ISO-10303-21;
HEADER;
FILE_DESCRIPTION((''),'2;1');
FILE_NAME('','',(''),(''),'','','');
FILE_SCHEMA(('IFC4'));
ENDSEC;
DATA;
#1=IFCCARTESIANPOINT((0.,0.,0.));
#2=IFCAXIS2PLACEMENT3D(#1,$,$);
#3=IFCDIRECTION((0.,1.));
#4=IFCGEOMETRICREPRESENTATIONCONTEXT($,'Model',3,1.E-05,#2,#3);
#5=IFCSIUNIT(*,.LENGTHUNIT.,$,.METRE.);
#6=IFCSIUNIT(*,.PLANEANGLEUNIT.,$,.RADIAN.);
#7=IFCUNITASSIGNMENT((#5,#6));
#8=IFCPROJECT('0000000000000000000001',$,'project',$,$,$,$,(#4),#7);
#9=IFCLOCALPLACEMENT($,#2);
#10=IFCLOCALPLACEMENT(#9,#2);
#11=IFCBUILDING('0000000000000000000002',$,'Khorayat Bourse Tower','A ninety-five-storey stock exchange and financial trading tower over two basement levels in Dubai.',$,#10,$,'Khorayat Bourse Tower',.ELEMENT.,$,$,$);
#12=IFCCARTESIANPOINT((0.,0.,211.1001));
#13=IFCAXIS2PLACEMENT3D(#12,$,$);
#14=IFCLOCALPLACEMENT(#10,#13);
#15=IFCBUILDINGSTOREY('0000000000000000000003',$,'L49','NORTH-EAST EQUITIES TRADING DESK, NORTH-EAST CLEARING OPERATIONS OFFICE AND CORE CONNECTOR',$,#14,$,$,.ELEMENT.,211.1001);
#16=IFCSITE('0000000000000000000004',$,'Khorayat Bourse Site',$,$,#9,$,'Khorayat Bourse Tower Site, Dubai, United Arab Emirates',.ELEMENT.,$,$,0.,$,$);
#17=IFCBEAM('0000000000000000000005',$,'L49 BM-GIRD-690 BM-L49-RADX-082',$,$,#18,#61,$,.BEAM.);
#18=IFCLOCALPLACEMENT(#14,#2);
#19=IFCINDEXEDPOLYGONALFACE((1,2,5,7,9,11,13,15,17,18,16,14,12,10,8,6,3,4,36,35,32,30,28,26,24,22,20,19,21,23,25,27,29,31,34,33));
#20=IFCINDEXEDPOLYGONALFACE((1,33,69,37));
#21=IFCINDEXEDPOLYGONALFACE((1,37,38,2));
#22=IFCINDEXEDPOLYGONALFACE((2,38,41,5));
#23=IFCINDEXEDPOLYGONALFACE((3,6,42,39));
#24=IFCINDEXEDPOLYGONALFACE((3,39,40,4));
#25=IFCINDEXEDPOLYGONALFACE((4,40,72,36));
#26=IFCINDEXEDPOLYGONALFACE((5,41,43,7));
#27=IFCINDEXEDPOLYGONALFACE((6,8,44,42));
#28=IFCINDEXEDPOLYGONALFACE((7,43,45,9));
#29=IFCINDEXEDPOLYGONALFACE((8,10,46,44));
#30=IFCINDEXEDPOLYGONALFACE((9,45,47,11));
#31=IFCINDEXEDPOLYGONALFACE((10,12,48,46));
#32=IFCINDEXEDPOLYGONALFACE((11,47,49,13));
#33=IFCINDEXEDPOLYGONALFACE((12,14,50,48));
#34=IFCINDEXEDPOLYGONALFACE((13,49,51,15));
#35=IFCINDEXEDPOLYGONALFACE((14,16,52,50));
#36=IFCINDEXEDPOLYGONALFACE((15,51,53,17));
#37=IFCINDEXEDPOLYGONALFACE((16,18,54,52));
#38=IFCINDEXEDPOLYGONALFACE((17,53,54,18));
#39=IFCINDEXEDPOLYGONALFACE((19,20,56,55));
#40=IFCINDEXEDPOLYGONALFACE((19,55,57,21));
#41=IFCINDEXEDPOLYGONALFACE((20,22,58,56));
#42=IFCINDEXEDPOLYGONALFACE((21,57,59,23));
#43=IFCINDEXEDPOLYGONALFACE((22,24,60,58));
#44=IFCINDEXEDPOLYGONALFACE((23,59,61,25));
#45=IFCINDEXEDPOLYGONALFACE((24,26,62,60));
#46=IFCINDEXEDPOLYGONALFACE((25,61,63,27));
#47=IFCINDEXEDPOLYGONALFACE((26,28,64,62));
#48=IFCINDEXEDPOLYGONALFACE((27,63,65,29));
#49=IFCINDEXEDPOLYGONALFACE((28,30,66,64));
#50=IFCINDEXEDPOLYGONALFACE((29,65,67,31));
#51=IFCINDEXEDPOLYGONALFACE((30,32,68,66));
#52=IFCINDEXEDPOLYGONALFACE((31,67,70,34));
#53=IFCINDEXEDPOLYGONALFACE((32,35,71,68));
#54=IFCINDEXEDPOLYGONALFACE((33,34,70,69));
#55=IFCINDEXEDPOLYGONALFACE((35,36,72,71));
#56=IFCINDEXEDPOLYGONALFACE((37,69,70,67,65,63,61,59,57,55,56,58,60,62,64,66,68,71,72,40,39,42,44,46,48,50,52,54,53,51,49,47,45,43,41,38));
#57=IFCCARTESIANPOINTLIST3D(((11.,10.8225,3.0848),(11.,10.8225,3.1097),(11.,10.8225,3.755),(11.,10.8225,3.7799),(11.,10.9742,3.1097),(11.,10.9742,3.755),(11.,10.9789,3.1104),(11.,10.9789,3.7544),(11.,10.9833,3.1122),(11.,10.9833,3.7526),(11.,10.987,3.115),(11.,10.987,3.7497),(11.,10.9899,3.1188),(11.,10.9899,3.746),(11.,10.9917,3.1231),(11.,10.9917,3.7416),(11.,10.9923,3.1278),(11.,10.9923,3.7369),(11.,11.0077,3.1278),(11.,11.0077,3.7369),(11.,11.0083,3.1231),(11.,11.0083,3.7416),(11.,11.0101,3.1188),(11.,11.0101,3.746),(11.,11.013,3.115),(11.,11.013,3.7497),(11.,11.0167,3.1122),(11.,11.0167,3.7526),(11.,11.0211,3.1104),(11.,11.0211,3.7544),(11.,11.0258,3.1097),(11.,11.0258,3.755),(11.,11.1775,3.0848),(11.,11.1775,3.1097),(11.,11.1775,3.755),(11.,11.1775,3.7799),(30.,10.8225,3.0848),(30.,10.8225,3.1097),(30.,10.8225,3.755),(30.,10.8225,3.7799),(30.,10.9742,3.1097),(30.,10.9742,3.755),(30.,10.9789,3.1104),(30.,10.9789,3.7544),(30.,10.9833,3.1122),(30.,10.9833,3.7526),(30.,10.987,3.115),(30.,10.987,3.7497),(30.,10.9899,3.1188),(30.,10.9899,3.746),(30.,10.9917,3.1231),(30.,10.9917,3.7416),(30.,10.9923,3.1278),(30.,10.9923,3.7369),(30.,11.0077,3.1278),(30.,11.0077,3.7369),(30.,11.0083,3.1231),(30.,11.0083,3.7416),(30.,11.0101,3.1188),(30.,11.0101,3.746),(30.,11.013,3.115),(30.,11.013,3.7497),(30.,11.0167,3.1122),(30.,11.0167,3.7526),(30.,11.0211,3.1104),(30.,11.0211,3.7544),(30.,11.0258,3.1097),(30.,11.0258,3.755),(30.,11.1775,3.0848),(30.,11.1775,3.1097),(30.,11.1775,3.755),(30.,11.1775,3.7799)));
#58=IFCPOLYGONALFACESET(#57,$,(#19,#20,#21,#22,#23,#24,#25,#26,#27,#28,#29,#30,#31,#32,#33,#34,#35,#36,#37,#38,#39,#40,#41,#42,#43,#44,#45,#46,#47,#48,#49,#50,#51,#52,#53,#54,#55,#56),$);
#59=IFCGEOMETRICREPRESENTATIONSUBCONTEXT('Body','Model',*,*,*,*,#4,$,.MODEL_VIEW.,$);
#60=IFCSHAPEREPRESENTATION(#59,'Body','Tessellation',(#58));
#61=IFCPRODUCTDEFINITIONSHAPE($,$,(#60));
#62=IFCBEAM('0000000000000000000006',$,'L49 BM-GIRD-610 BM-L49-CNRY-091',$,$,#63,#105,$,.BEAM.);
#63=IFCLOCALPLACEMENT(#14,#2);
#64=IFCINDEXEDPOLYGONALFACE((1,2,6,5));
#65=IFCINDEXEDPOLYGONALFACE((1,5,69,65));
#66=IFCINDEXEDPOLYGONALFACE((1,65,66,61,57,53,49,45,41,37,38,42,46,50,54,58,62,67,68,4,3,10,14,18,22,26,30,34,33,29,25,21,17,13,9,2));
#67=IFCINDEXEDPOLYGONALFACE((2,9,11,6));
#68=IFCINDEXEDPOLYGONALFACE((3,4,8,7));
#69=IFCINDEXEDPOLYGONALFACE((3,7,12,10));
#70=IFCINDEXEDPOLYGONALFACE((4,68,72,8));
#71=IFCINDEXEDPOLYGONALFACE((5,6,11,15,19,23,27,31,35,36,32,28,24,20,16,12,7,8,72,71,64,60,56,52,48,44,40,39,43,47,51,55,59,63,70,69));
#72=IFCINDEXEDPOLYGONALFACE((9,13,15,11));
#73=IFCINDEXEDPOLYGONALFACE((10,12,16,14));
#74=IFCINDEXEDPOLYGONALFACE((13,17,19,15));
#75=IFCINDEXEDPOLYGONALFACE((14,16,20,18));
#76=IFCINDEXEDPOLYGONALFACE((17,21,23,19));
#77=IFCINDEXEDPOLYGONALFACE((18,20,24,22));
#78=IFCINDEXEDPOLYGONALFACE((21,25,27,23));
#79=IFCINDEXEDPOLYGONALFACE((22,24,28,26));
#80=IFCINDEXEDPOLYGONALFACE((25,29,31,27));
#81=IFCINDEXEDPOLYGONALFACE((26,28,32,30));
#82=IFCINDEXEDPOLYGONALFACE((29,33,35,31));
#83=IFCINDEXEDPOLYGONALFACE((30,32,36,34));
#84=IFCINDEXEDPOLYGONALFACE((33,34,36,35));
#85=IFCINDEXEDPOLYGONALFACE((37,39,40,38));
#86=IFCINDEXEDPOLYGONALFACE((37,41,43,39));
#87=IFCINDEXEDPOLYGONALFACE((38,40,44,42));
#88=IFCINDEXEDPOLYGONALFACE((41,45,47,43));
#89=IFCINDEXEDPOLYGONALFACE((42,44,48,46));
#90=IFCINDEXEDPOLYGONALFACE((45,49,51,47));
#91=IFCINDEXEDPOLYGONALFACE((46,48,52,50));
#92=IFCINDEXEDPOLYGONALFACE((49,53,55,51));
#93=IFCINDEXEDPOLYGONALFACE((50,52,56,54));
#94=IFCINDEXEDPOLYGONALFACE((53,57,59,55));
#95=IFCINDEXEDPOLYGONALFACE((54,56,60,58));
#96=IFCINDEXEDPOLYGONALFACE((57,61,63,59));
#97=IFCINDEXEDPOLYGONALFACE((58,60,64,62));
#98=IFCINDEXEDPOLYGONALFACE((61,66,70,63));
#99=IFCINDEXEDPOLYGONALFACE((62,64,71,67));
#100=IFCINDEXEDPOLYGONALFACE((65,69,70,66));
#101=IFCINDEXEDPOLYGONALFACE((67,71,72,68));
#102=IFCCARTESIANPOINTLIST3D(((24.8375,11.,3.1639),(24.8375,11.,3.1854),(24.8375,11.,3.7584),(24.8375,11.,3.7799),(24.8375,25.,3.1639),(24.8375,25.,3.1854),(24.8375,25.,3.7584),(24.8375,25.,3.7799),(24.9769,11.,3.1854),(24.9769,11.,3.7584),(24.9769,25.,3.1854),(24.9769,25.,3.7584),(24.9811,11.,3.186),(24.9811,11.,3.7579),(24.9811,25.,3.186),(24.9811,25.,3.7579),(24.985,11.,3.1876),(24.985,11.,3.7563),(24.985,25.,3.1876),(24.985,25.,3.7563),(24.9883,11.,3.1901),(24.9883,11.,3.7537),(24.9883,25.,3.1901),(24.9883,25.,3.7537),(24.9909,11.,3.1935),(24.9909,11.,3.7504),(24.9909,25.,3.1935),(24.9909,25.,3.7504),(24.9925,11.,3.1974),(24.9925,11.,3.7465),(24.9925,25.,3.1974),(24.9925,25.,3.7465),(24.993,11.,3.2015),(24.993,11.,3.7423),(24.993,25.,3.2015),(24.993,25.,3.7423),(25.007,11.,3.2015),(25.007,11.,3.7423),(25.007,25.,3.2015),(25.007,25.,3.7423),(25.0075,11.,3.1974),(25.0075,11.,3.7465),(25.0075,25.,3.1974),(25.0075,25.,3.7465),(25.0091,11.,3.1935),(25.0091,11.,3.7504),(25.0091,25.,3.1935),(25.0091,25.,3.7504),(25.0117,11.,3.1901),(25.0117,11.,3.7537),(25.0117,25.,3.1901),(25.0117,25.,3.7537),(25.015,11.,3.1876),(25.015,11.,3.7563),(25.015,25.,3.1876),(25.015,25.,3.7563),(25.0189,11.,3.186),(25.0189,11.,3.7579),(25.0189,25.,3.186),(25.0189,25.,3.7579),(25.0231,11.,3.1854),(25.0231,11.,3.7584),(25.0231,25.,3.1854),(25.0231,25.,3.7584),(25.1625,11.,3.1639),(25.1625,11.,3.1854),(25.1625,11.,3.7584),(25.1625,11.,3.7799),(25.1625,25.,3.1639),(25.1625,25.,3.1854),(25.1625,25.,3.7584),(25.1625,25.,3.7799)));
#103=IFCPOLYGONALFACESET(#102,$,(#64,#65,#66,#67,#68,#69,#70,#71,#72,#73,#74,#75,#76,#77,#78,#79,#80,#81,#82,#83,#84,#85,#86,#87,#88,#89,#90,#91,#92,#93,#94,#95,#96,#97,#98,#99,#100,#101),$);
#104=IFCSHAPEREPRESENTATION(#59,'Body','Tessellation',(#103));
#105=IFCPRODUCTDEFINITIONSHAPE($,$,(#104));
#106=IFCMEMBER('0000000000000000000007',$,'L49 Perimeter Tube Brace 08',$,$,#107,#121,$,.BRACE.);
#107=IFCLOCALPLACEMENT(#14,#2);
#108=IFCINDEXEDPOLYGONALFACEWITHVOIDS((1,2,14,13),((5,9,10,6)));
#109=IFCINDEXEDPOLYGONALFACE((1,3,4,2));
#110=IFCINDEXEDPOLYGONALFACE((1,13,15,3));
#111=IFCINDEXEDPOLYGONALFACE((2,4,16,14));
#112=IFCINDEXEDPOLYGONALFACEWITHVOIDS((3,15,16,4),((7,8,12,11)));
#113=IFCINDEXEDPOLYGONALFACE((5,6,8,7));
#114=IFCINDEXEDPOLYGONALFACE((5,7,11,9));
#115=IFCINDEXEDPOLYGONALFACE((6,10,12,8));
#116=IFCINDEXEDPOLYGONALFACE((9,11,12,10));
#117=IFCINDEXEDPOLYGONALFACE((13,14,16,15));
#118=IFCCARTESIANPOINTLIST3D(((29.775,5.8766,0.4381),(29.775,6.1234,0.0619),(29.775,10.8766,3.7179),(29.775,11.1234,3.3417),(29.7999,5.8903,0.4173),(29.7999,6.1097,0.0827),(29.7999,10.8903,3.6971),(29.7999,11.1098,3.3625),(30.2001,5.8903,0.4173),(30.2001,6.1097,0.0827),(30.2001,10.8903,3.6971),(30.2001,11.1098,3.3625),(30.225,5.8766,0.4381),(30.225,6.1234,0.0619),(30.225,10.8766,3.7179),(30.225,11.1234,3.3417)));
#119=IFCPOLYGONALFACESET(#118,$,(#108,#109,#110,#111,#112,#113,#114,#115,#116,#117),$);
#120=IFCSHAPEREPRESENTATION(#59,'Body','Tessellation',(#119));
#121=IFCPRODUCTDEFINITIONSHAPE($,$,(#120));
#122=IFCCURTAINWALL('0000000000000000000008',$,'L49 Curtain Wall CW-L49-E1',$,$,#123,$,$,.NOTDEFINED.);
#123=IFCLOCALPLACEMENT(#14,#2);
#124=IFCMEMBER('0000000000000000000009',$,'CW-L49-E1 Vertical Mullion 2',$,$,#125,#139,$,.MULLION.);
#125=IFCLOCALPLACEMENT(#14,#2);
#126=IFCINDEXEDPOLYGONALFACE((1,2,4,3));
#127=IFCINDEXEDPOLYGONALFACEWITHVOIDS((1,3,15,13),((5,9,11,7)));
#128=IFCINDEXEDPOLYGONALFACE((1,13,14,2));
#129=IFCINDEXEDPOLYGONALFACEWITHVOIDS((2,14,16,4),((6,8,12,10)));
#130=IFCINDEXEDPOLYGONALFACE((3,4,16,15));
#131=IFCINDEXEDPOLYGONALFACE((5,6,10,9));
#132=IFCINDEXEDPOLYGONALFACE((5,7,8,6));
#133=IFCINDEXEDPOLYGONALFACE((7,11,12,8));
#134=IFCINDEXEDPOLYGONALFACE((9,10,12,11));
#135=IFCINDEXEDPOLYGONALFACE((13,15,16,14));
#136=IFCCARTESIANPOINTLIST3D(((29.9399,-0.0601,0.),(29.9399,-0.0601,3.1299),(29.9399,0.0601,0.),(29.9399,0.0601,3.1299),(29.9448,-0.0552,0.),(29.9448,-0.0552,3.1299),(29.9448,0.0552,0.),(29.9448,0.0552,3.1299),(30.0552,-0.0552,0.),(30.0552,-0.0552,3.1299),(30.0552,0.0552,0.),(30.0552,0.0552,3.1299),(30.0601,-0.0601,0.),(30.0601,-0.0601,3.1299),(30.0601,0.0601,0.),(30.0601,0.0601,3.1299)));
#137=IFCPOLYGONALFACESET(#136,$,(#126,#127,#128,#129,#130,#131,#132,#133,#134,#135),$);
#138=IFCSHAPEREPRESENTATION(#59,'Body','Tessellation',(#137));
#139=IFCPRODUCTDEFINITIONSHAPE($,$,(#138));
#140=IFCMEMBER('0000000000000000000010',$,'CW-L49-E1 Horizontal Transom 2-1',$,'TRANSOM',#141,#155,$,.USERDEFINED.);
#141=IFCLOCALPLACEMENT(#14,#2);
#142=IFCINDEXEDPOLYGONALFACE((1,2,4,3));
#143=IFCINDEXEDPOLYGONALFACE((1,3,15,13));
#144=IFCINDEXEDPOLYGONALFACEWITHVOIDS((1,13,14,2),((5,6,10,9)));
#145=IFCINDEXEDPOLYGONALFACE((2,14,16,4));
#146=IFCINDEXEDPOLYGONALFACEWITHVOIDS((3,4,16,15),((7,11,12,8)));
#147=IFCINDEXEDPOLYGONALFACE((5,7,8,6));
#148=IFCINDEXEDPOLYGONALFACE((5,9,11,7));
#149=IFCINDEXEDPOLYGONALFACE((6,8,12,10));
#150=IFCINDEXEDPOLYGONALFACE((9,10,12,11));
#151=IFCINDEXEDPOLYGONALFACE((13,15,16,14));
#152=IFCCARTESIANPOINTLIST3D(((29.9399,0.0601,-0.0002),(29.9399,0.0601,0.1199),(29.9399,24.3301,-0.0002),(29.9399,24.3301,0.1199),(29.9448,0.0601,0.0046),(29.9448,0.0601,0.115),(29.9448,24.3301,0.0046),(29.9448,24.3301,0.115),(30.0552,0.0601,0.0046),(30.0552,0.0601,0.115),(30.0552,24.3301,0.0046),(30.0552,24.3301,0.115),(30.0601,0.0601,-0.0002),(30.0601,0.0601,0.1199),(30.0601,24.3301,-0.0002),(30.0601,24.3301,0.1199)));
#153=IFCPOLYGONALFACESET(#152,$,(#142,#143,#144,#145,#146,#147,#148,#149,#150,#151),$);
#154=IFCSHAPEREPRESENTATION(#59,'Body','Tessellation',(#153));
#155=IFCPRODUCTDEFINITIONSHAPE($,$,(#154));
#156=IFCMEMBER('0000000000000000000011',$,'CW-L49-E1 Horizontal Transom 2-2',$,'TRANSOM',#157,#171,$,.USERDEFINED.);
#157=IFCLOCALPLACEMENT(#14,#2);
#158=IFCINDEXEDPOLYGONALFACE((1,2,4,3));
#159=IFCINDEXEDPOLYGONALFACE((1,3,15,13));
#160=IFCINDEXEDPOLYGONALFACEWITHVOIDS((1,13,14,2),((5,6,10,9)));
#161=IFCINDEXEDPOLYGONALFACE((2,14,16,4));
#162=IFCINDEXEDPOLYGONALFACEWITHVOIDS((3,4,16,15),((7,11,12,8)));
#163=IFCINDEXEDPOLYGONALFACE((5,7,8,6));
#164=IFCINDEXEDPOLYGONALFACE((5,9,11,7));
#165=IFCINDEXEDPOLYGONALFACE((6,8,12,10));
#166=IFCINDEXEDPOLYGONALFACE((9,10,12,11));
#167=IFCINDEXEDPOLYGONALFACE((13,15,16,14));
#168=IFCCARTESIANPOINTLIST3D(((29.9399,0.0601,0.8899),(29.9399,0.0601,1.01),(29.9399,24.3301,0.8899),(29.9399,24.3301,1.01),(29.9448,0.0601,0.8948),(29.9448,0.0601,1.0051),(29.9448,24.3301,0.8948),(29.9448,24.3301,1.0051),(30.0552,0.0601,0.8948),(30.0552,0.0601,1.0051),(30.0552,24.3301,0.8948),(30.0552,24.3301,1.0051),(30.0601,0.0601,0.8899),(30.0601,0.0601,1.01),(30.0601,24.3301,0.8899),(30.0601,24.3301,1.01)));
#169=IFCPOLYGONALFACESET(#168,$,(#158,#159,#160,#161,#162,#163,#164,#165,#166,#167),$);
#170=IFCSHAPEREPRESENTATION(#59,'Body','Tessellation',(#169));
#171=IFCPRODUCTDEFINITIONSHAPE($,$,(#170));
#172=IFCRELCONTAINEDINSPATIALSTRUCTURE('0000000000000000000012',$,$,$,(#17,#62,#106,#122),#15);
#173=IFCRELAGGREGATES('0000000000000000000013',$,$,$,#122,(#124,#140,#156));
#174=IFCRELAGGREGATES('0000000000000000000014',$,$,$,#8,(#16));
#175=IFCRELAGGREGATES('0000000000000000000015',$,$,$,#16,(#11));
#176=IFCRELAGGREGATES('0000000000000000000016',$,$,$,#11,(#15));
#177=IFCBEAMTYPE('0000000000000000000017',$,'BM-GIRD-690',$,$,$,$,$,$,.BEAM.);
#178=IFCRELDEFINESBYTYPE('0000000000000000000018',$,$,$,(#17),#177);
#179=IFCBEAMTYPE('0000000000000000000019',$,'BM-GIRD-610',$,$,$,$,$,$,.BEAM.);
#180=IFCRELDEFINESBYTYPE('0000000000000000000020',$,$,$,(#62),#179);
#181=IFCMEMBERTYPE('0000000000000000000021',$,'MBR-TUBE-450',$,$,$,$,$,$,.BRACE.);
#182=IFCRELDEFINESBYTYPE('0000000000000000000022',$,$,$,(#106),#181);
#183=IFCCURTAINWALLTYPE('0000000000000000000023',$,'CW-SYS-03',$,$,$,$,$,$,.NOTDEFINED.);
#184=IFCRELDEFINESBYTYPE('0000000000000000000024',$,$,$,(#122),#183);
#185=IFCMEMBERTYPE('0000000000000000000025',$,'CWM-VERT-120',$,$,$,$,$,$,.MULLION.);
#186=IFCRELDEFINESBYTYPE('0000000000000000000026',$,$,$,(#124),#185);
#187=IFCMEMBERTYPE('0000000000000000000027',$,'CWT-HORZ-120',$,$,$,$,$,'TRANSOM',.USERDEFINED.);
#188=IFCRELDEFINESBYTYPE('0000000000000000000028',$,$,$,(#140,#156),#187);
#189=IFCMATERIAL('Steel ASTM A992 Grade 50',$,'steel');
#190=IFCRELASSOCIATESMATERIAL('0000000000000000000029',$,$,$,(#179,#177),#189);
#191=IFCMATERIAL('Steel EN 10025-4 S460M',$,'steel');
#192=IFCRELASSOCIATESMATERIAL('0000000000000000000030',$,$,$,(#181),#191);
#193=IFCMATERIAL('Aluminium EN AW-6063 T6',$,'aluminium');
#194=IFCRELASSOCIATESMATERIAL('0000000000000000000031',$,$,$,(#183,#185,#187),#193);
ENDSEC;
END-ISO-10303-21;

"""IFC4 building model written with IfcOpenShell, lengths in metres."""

from ifc_helpers import new_model, si_unit, direction, frame, origin, origin_2d, place, context, subcontext, project, spatial, hollow_rectangle, i_section, extrude, source, transform, mapped, material, material_profile, profile_set, type_object, element, aggregate, save


model = new_model("IFC4")

# Units and contexts
model_context = context("Model", 3, precision=1e-05, world=origin(), true_north=direction((0.0, 1.0)))
body_context = subcontext(model_context, "Body", "Model", "MODEL_VIEW")
ifc_project = project(units=[si_unit("LENGTHUNIT", "METRE"), si_unit("PLANEANGLEUNIT", "RADIAN")], contexts=[model_context])

# Site, building, storey
site_placement = place(None, origin())
site = spatial("IfcSite", under=ifc_project, at=site_placement, Name="Khorayat Bourse Site", LongName="Khorayat Bourse Tower Site, Dubai, United Arab Emirates", CompositionType="ELEMENT", RefElevation=0.0)
building_placement = place(site_placement, origin())
building = spatial("IfcBuilding", under=site, at=building_placement, Name="Khorayat Bourse Tower", Description="A ninety-five-storey stock exchange and financial trading tower over two basement levels in Dubai.", LongName="Khorayat Bourse Tower", CompositionType="ELEMENT")
storey_placement = place(building_placement, frame((0.0, 0.0, 211.1001)))
storey = spatial("IfcBuildingStorey", under=building, at=storey_placement, Name="L49", Description="NORTH-EAST EQUITIES TRADING DESK, NORTH-EAST CLEARING OPERATIONS OFFICE AND CORE CONNECTOR", CompositionType="ELEMENT", Elevation=211.1001)

# Shared definitions
ifc_material_1 = material(Name="Steel EN 10025-4 S460M", Category="steel")

# Beams
ifc_material_2 = material(Name="Steel ASTM A992 Grade 50", Category="steel")
ifc_material_profile_1 = material_profile(ifc_material_2, i_section(OverallWidth=0.325, OverallDepth=0.616, WebThickness=0.0139, FlangeThickness=0.0215, FilletRadius=0.0161, at=origin_2d()), Name="W610X174")
ifc_profile_set_1 = profile_set([ifc_material_profile_1], Name="Steel ASTM A992 Grade 50")
beam_type_1 = type_object("IfcBeamType", Name="BM-GIRD-610", PredefinedType="BEAM", material=ifc_profile_set_1)
ifc_material_profile_2 = material_profile(ifc_material_2, i_section(OverallWidth=0.355, OverallDepth=0.6951, WebThickness=0.0154, FlangeThickness=0.0249, FilletRadius=0.0181, at=origin_2d()), Name="W690X217")
ifc_profile_set_2 = profile_set([ifc_material_profile_2], Name="Steel ASTM A992 Grade 50")
beam_type_2 = type_object("IfcBeamType", Name="BM-GIRD-690", PredefinedType="BEAM", material=ifc_profile_set_2)
shared_shape_1 = source(origin(), body_context, "Body", "SweptSolid", [
    extrude(i_section(OverallWidth=0.355, OverallDepth=0.6951, WebThickness=0.0154, FlangeThickness=0.0249, FilletRadius=0.0181, at=origin_2d()), origin(), (0.0, 0.0, 1.0), 19.0),
])
for number, where, z_axis, x_axis, name in (
    (1, (11.0, 11.0, 3.4324), (1.0, 0.0, 0.0), (0.0, 1.0, 0.0), "L49 BM-GIRD-690 BM-L49-RADX-082"),
):
    element("IfcBeam", number, at=place(storey_placement, frame(where, z_axis=z_axis, x_axis=x_axis)), inside=storey, type_object=beam_type_2, Name=name, PredefinedType="BEAM", context=body_context, shape_type="MappedRepresentation", body=[
        mapped(shared_shape_1, transform((0.0, 0.0, 0.0), scale=1.0)),
    ])
shared_shape_2 = source(origin(), body_context, "Body", "SweptSolid", [
    extrude(i_section(OverallWidth=0.325, OverallDepth=0.616, WebThickness=0.0139, FlangeThickness=0.0215, FilletRadius=0.0161, at=origin_2d()), origin(), (0.0, 0.0, 1.0), 14.0),
])
beam_1_placement = place(storey_placement, frame((25.0, 11.0, 3.4719), z_axis=(0.0, 1.0, 0.0), x_axis=(-1.0, 0.0, 0.0)))
element("IfcBeam", 2, at=beam_1_placement, inside=storey, type_object=beam_type_1, Name="L49 BM-GIRD-610 BM-L49-CNRY-091", PredefinedType="BEAM", context=body_context, shape_type="MappedRepresentation", body=[
    mapped(shared_shape_2, transform((0.0, 0.0, 0.0), scale=1.0)),
])

# Member
ifc_material_profile_3 = material_profile(ifc_material_1, hollow_rectangle(XDim=0.45, YDim=0.45, WallThickness=0.0249, at=origin_2d()), Name="HSS 450x450x25")
ifc_profile_set_3 = profile_set([ifc_material_profile_3], Name="Steel EN 10025-4 S460M")
member_type_1 = type_object("IfcMemberType", Name="MBR-TUBE-450", PredefinedType="BRACE", material=ifc_profile_set_3)
shared_shape_3 = source(origin(), body_context, "Body", "SweptSolid", [
    extrude(hollow_rectangle(XDim=0.45, YDim=0.45, WallThickness=0.0249, at=origin_2d()), origin(), (0.0, 0.0, 1.0), 5.9797),
])
member_1_placement = place(storey_placement, frame((30.0, 6.0, 0.25), z_axis=(0.0, 0.83616, 0.548485), x_axis=(-1.0, 0.0, 0.0)))
element("IfcMember", 3, at=member_1_placement, inside=storey, type_object=member_type_1, Name="L49 Perimeter Tube Brace 08", PredefinedType="BRACE", context=body_context, shape_type="MappedRepresentation", body=[
    mapped(shared_shape_3, transform((0.0, 0.0, 0.0), scale=1.0)),
])

# Curtain wall, members
ifc_material_3 = material(Name="Aluminium EN AW-6063 T6", Category="aluminium")
curtain_wall_type = type_object("IfcCurtainWallType", Name="CW-SYS-03", PredefinedType="NOTDEFINED", material=ifc_material_3)
curtain_wall_placement = place(storey_placement, origin())
curtain_wall = element("IfcCurtainWall", 4, at=curtain_wall_placement, inside=storey, type_object=curtain_wall_type, Name="L49 Curtain Wall CW-L49-E1", PredefinedType="NOTDEFINED")
ifc_material_profile_4 = material_profile(ifc_material_3, hollow_rectangle(XDim=0.1201, YDim=0.1201, WallThickness=0.0049, at=origin_2d()), Name="ALU 120x120x5")
ifc_profile_set_4 = profile_set([ifc_material_profile_4], Name="Aluminium EN AW-6063 T6")
member_type_2 = type_object("IfcMemberType", Name="CWM-VERT-120", PredefinedType="MULLION", material=ifc_profile_set_4)
shared_shape_4 = source(origin(), body_context, "Body", "SweptSolid", [
    extrude(hollow_rectangle(XDim=0.1201, YDim=0.1201, WallThickness=0.0049, at=origin_2d()), origin(), (0.0, 0.0, 1.0), 3.1299),
])
member_2_placement = place(storey_placement, frame((30.0, 0.0, 0.0), z_axis=(0.0, 0.0, 1.0), x_axis=(-1.0, 0.0, 0.0)))
member_2 = element("IfcMember", 5, at=member_2_placement, type_object=member_type_2, Name="CW-L49-E1 Vertical Mullion 2", PredefinedType="MULLION", context=body_context, shape_type="MappedRepresentation", body=[
    mapped(shared_shape_4, transform((0.0, 0.0, 0.0), scale=1.0)),
])
ifc_material_profile_5 = material_profile(ifc_material_3, hollow_rectangle(XDim=0.1201, YDim=0.1201, WallThickness=0.0049, at=origin_2d()), Name="ALU 120x120x5")
ifc_profile_set_5 = profile_set([ifc_material_profile_5], Name="Aluminium EN AW-6063 T6")
member_type_3 = type_object("IfcMemberType", Name="CWT-HORZ-120", ElementType="TRANSOM", PredefinedType="USERDEFINED", material=ifc_profile_set_5)
shared_shape_5 = source(origin(), body_context, "Body", "SweptSolid", [
    extrude(hollow_rectangle(XDim=0.1201, YDim=0.1201, WallThickness=0.0049, at=origin_2d()), origin(), (0.0, 0.0, 1.0), 24.27),
])
member_3_placement = place(storey_placement, frame((30.0, 0.0601, 0.0598), z_axis=(0.0, 1.0, 0.0), x_axis=(-1.0, 0.0, 0.0)))
member_3 = element("IfcMember", 6, at=member_3_placement, type_object=member_type_3, Name="CW-L49-E1 Horizontal Transom 2-1", ObjectType="TRANSOM", PredefinedType="USERDEFINED", context=body_context, shape_type="MappedRepresentation", body=[
    mapped(shared_shape_5, transform((0.0, 0.0, 0.0), scale=1.0)),
])
member_4_placement = place(storey_placement, frame((30.0, 0.0601, 0.95), z_axis=(0.0, 1.0, 0.0), x_axis=(-1.0, 0.0, 0.0)))
member_4 = element("IfcMember", 7, at=member_4_placement, type_object=member_type_3, Name="CW-L49-E1 Horizontal Transom 2-2", ObjectType="TRANSOM", PredefinedType="USERDEFINED", context=body_context, shape_type="MappedRepresentation", body=[
    mapped(shared_shape_5, transform((0.0, 0.0, 0.0), scale=1.0)),
])

aggregate(curtain_wall, [member_2, member_3, member_4])

save(model, "model.ifc")
